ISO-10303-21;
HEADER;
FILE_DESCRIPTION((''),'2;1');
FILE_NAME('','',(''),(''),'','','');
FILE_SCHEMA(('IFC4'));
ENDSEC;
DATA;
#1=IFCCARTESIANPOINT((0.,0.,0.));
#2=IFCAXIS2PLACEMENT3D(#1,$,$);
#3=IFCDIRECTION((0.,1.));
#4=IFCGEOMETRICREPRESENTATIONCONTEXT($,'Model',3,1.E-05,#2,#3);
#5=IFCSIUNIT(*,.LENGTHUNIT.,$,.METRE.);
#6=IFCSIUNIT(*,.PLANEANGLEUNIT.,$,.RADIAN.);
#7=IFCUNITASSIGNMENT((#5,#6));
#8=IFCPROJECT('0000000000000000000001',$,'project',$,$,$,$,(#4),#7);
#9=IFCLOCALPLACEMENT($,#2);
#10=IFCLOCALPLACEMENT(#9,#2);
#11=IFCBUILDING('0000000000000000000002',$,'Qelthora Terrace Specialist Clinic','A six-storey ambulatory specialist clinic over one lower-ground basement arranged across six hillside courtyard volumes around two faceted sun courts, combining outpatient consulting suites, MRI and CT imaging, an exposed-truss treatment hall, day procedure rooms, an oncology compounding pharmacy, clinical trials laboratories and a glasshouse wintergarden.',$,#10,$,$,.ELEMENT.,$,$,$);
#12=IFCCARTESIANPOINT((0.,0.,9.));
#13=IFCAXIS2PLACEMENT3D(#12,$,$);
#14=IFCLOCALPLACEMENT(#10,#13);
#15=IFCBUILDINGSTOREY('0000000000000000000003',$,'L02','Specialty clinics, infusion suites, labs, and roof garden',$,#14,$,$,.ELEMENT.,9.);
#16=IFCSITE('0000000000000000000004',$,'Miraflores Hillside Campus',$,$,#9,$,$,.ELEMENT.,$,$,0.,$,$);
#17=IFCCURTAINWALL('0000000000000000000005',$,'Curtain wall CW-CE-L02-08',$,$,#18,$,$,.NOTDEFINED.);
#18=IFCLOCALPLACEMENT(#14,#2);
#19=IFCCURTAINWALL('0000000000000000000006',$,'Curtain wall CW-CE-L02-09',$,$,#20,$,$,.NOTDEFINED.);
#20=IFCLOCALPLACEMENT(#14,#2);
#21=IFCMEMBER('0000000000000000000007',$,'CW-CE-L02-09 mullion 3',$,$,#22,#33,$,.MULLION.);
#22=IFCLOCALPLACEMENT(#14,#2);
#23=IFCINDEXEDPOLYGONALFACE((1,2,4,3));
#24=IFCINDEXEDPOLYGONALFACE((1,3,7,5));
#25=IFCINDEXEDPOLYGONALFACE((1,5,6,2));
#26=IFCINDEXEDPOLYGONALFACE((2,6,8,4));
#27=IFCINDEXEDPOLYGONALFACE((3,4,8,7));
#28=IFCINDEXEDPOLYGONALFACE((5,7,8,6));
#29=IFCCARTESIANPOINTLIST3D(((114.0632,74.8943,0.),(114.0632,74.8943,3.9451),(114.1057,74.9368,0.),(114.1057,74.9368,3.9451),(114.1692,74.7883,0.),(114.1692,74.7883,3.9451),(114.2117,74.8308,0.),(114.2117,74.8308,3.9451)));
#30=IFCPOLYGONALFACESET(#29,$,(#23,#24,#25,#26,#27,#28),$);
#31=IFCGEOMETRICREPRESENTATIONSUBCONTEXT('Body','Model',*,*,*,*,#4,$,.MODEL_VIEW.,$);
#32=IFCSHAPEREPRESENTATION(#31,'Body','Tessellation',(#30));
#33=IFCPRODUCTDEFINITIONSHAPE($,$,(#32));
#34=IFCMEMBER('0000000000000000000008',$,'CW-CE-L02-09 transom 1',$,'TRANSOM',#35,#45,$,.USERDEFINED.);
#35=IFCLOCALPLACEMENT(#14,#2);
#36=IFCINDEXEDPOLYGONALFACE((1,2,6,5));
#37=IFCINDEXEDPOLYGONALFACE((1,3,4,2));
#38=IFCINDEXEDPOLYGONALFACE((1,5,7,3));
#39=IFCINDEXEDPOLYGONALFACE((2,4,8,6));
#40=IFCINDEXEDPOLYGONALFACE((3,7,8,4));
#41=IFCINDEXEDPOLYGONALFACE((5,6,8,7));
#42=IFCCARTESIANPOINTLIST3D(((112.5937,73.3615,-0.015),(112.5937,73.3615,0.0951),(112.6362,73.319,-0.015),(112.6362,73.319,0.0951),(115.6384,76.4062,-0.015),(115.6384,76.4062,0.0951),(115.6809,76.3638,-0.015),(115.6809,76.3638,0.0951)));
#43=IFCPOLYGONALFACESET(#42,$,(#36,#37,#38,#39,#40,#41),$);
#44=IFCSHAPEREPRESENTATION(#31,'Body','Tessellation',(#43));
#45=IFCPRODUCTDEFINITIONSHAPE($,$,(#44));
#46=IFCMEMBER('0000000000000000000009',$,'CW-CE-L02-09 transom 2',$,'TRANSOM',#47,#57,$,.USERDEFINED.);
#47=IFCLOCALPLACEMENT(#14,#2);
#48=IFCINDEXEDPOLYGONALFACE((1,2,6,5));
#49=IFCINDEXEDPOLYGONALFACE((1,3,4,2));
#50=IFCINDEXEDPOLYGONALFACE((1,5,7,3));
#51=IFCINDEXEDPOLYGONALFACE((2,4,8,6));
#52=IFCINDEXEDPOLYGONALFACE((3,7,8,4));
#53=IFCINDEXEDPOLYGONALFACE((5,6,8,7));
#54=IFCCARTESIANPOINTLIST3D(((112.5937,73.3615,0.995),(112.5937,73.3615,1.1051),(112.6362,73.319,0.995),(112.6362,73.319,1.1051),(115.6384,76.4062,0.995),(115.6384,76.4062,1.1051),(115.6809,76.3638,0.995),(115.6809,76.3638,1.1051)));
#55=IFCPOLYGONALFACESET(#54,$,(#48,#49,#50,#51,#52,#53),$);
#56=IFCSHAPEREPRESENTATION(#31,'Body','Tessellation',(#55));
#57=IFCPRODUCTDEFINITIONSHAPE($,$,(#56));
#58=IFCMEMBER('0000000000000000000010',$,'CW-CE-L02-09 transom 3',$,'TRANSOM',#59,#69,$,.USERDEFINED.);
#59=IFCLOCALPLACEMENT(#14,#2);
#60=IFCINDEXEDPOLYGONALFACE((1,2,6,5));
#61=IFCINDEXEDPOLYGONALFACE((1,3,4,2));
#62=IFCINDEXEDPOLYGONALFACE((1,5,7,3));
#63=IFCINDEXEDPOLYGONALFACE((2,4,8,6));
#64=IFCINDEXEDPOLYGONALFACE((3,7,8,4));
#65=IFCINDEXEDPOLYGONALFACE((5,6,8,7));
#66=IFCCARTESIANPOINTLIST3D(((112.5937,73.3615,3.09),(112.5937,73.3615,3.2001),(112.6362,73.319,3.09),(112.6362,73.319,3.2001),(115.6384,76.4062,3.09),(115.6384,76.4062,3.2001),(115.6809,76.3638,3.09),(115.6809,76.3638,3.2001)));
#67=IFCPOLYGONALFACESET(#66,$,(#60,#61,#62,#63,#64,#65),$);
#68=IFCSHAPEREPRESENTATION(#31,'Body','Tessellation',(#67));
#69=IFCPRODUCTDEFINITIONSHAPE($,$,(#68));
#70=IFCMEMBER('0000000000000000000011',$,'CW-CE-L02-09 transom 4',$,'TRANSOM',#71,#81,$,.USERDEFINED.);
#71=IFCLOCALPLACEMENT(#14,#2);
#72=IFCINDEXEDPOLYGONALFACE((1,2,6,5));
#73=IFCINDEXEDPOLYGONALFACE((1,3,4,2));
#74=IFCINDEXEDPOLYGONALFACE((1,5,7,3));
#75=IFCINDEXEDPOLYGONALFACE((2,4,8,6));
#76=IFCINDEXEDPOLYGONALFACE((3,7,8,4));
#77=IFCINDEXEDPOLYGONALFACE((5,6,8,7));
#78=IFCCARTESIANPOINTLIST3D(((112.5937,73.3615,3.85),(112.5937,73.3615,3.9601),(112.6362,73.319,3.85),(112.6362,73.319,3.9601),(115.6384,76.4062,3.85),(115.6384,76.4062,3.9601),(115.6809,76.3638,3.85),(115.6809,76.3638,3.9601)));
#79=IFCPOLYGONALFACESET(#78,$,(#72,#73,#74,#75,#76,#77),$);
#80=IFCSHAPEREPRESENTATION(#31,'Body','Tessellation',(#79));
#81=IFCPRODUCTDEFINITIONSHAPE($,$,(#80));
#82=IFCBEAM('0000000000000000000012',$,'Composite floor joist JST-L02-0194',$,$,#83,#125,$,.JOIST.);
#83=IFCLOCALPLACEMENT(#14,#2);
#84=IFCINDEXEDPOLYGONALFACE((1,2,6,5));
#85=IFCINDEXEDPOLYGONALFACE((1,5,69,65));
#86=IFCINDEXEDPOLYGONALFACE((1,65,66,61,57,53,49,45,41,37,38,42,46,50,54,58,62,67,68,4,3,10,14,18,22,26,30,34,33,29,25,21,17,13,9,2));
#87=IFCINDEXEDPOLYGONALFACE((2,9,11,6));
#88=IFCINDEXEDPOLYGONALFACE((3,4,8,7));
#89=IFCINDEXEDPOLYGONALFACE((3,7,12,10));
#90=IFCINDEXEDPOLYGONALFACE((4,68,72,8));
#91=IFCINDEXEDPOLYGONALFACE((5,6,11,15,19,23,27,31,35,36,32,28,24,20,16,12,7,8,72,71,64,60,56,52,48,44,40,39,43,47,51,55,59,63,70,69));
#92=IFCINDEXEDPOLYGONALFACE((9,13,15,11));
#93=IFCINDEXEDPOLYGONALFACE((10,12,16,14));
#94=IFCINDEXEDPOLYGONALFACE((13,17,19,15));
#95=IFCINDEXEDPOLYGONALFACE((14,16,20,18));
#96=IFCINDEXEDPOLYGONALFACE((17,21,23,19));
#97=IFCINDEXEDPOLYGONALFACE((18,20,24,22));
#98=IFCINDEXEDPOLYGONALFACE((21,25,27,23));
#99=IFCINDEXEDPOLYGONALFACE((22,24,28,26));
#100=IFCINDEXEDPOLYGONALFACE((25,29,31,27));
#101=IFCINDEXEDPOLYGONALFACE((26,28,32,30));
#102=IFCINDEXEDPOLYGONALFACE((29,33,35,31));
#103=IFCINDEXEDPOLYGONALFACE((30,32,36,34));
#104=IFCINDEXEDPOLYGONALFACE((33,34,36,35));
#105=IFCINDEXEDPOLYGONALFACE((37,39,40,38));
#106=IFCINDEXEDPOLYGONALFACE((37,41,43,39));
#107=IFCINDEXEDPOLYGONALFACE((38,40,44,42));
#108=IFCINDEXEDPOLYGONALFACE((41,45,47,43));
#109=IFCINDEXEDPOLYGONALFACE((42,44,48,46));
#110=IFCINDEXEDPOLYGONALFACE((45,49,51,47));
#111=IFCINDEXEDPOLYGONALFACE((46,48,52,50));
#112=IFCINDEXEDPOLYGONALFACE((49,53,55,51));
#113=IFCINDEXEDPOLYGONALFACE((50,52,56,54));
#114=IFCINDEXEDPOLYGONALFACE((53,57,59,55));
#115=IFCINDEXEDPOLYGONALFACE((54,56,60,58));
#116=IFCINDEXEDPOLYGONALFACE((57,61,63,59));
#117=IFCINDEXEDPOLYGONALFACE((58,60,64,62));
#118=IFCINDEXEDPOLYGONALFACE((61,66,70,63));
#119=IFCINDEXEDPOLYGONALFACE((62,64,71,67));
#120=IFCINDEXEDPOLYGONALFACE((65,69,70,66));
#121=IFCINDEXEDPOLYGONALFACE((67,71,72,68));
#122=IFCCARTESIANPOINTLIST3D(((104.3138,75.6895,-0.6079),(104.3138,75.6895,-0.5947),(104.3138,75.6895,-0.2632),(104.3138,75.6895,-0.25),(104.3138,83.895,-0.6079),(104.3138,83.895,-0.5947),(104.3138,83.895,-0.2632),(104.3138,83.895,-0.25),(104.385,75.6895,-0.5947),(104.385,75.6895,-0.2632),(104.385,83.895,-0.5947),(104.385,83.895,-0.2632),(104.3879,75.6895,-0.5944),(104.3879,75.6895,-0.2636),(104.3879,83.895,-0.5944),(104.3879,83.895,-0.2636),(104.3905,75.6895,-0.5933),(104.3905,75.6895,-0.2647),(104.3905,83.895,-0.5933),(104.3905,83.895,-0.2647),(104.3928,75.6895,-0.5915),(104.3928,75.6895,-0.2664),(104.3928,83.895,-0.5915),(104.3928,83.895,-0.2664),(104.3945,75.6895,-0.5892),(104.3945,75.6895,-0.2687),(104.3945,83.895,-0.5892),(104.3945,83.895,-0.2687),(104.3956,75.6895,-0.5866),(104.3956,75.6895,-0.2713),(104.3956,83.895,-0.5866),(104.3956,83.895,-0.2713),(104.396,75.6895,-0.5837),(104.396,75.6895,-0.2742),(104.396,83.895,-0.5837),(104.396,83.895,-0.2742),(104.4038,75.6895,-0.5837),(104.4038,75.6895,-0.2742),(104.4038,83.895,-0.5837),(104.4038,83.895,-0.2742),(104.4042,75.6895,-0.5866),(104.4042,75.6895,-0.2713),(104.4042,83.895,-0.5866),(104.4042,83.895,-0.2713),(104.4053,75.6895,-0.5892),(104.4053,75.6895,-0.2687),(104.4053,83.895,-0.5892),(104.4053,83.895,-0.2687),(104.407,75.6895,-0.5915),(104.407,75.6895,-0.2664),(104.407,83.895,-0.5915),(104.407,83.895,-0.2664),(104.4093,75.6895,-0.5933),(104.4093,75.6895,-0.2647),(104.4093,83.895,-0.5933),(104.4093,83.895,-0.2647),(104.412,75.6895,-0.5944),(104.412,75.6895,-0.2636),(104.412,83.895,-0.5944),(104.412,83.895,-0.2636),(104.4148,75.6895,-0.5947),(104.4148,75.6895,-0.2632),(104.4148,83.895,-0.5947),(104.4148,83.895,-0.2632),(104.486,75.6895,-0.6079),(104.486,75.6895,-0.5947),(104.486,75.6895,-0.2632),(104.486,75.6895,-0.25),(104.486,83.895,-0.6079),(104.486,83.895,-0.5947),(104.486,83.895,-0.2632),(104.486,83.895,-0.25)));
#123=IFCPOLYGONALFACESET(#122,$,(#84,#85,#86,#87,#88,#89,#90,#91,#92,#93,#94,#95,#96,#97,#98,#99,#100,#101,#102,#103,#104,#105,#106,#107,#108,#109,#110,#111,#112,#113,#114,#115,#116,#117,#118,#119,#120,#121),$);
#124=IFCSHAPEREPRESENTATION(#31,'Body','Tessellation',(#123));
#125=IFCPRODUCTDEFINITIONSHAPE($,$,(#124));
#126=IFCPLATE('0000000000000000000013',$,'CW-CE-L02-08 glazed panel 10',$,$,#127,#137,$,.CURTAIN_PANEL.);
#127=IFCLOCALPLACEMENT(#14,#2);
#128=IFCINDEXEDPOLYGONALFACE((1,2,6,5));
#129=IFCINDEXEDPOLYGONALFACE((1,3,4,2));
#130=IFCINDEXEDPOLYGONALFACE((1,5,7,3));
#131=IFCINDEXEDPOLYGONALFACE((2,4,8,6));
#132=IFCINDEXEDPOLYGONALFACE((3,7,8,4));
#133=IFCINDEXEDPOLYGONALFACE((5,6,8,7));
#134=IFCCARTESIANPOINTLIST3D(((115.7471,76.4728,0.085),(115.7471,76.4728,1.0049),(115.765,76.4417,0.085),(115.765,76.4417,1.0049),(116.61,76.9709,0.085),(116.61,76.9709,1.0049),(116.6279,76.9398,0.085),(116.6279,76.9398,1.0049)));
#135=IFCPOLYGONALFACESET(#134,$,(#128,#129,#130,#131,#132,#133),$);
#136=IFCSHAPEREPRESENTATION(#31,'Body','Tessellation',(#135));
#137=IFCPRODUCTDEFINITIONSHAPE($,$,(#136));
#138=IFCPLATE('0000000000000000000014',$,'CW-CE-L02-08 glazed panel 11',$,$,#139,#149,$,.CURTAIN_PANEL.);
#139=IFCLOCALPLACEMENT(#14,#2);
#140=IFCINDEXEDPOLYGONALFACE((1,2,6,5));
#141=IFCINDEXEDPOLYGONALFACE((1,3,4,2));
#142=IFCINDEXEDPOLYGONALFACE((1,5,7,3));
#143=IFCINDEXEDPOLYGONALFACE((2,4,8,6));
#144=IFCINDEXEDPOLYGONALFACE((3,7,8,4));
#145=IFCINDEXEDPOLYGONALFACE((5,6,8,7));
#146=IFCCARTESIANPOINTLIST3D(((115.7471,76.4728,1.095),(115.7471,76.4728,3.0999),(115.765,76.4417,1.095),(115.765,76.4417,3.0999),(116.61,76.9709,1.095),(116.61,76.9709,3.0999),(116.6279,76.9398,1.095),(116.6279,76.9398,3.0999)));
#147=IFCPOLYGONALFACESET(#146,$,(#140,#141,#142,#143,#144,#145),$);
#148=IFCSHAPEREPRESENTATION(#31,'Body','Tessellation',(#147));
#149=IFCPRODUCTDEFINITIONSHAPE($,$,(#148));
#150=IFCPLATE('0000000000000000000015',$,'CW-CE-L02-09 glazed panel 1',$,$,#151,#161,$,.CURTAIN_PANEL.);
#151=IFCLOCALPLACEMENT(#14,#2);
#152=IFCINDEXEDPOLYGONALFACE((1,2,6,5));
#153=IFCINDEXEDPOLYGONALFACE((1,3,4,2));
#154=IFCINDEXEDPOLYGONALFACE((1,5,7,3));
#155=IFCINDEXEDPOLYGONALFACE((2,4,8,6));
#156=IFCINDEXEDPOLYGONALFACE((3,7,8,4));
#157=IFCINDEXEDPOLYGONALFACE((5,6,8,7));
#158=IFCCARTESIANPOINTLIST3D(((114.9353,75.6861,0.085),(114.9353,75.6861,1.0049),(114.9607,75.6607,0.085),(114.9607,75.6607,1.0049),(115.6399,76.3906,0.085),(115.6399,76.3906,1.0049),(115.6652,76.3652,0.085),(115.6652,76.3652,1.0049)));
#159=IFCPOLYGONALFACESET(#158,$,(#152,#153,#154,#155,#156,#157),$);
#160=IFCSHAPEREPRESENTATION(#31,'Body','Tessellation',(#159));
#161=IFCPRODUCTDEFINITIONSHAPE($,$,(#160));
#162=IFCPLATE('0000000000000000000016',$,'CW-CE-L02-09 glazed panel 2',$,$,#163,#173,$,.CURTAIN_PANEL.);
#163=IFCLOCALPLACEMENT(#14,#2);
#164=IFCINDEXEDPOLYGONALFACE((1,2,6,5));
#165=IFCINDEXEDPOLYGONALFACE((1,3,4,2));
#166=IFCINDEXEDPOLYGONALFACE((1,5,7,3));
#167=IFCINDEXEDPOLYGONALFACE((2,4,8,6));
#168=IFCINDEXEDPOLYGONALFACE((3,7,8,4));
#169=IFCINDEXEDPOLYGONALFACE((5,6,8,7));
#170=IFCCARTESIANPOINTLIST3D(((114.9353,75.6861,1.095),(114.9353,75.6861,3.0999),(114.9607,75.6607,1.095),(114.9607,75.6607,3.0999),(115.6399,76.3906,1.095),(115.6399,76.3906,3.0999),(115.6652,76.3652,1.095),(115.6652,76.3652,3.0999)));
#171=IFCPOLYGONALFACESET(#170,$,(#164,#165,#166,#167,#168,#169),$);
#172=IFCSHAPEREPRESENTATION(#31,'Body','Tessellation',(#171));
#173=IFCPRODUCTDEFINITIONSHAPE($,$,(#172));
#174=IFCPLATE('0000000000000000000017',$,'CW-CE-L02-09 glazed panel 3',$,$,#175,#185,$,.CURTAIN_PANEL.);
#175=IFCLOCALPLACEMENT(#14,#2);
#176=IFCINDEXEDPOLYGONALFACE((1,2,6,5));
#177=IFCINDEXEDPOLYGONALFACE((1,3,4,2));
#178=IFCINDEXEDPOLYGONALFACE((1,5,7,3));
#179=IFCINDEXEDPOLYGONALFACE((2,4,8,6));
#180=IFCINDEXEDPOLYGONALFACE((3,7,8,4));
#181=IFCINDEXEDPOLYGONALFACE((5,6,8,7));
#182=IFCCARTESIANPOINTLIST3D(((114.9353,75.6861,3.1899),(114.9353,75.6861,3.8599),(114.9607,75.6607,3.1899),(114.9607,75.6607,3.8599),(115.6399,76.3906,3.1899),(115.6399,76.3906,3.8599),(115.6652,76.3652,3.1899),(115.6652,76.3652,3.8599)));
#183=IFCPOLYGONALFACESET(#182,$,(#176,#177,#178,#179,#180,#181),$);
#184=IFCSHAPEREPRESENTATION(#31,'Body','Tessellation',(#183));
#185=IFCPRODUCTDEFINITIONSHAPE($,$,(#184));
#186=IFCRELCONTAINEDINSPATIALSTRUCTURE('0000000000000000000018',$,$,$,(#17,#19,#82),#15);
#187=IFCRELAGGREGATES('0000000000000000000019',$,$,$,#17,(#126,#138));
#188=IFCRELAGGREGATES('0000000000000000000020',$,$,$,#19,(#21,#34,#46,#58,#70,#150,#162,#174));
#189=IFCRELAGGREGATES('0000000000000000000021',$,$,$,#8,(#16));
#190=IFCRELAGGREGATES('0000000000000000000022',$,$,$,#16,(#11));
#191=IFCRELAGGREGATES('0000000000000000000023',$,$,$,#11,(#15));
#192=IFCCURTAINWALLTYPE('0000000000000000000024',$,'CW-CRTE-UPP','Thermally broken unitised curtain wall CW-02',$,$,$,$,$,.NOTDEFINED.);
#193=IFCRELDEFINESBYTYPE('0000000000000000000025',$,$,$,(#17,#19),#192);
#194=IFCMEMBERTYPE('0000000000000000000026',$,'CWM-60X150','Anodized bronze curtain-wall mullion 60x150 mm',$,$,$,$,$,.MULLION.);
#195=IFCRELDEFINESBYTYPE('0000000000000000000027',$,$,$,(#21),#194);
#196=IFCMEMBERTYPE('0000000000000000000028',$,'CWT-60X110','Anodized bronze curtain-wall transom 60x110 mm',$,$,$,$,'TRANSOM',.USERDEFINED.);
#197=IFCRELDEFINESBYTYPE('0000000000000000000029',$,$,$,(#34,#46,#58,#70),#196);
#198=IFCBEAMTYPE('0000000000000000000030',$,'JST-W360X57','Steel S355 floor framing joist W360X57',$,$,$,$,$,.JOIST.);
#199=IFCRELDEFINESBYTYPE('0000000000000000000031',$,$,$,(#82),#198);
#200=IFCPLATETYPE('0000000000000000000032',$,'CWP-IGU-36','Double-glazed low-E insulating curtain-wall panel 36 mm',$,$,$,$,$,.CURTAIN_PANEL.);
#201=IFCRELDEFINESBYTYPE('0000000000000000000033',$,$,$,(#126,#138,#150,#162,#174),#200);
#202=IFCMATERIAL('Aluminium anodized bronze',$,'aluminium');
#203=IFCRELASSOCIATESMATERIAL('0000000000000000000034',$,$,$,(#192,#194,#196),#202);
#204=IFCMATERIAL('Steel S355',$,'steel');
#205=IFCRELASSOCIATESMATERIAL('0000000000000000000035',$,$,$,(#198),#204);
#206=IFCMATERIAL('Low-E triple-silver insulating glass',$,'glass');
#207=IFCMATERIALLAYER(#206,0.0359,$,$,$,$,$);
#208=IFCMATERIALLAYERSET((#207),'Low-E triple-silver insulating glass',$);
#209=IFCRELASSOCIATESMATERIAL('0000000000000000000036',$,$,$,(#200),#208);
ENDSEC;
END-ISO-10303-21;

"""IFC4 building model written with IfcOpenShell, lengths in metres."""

from ifc_helpers import new_model, si_unit, direction, frame, origin, origin_2d, place, context, subcontext, project, spatial, rectangle, i_section, extrude, material, layer, layer_set, material_profile, profile_set, type_object, element, aggregate, save


model = new_model("IFC4")

# Units and contexts
model_context = context("Model", 3, precision=1e-05, world=origin(), true_north=direction((0.0, 1.0)))
body_context = subcontext(model_context, "Body", "Model", "MODEL_VIEW")
ifc_project = project(units=[si_unit("LENGTHUNIT", "METRE"), si_unit("PLANEANGLEUNIT", "RADIAN")], contexts=[model_context])

# Site, building, storey
site_placement = place(None, origin())
site = spatial("IfcSite", under=ifc_project, at=site_placement, Name="Miraflores Hillside Campus", CompositionType="ELEMENT", RefElevation=0.0)
building_placement = place(site_placement, origin())
building = spatial("IfcBuilding", under=site, at=building_placement, Name="Qelthora Terrace Specialist Clinic", Description="A six-storey ambulatory specialist clinic over one lower-ground basement arranged across six hillside courtyard volumes around two faceted sun courts, combining outpatient consulting suites, MRI and CT imaging, an exposed-truss treatment hall, day procedure rooms, an oncology compounding pharmacy, clinical trials laboratories and a glasshouse wintergarden.", CompositionType="ELEMENT")
storey_placement = place(building_placement, frame((0.0, 0.0, 9.0)))
storey = spatial("IfcBuildingStorey", under=building, at=storey_placement, Name="L02", Description="Specialty clinics, infusion suites, labs, and roof garden", CompositionType="ELEMENT", Elevation=9.0)

# Shared definitions
ifc_material_1 = material(Name="Steel S355", Category="steel")

# Curtain wall
ifc_material_2 = material(Name="Aluminium anodized bronze", Category="aluminium")
curtain_wall_type = type_object("IfcCurtainWallType", Name="CW-CRTE-UPP", Description="Thermally broken unitised curtain wall CW-02", PredefinedType="NOTDEFINED", material=ifc_material_2)
curtain_wall_1_placement = place(storey_placement, origin())
curtain_wall_1 = element("IfcCurtainWall", 1, at=curtain_wall_1_placement, inside=storey, type_object=curtain_wall_type, Name="Curtain wall CW-CE-L02-08", PredefinedType="NOTDEFINED")
ifc_material_profile_1 = material_profile(ifc_material_2, rectangle(XDim=0.0601, YDim=0.1499, at=origin_2d()), Name="CWM60X150")
ifc_profile_set_1 = profile_set([ifc_material_profile_1], Name="Aluminium anodized bronze")
member_type_1 = type_object("IfcMemberType", Name="CWM-60X150", Description="Anodized bronze curtain-wall mullion 60x150 mm", PredefinedType="MULLION", material=ifc_profile_set_1)

# Curtain wall, members
curtain_wall_2_placement = place(storey_placement, origin())
curtain_wall_2 = element("IfcCurtainWall", 2, at=curtain_wall_2_placement, inside=storey, type_object=curtain_wall_type, Name="Curtain wall CW-CE-L02-09", PredefinedType="NOTDEFINED")
member_1_placement = place(storey_placement, frame((114.1375, 74.8625, 0.0), z_axis=(0.0, 0.0, 1.0), x_axis=(-0.707107, -0.707107, 0.0)))
member_1 = element("IfcMember", 3, at=member_1_placement, type_object=member_type_1, Name="CW-CE-L02-09 mullion 3", PredefinedType="MULLION", context=body_context, shape_type="SweptSolid", body=[
    extrude(rectangle(XDim=0.0601, YDim=0.1499, at=origin_2d()), origin(), (0.0, 0.0, 1.0), 3.9451),
])
ifc_material_profile_2 = material_profile(ifc_material_2, rectangle(XDim=0.0601, YDim=0.1101, at=origin_2d()), Name="CWT60X110")
ifc_profile_set_2 = profile_set([ifc_material_profile_2], Name="Aluminium anodized bronze")
member_type_2 = type_object("IfcMemberType", Name="CWT-60X110", Description="Anodized bronze curtain-wall transom 60x110 mm", ElementType="TRANSOM", PredefinedType="USERDEFINED", material=ifc_profile_set_2)
member_2_placement = place(storey_placement, frame((115.6597, 76.385, 0.04), z_axis=(-0.707107, -0.707107, 0.0), x_axis=(0.707107, -0.707107, 0.0)))
member_2 = element("IfcMember", 4, at=member_2_placement, type_object=member_type_2, Name="CW-CE-L02-09 transom 1", ObjectType="TRANSOM", PredefinedType="USERDEFINED", context=body_context, shape_type="SweptSolid", body=[
    extrude(rectangle(XDim=0.0601, YDim=0.1101, at=origin_2d()), origin(), (0.0, 0.0, 1.0), 4.3059),
])
member_3_placement = place(storey_placement, frame((115.6597, 76.385, 1.05), z_axis=(-0.707107, -0.707107, 0.0), x_axis=(0.707107, -0.707107, 0.0)))
member_3 = element("IfcMember", 5, at=member_3_placement, type_object=member_type_2, Name="CW-CE-L02-09 transom 2", ObjectType="TRANSOM", PredefinedType="USERDEFINED", context=body_context, shape_type="SweptSolid", body=[
    extrude(rectangle(XDim=0.0601, YDim=0.1101, at=origin_2d()), origin(), (0.0, 0.0, 1.0), 4.3059),
])
member_4_placement = place(storey_placement, frame((115.6597, 76.385, 3.145), z_axis=(-0.707107, -0.707107, 0.0), x_axis=(0.707107, -0.707107, 0.0)))
member_4 = element("IfcMember", 6, at=member_4_placement, type_object=member_type_2, Name="CW-CE-L02-09 transom 3", ObjectType="TRANSOM", PredefinedType="USERDEFINED", context=body_context, shape_type="SweptSolid", body=[
    extrude(rectangle(XDim=0.0601, YDim=0.1101, at=origin_2d()), origin(), (0.0, 0.0, 1.0), 4.3059),
])
member_5_placement = place(storey_placement, frame((115.6597, 76.385, 3.905), z_axis=(-0.707107, -0.707107, 0.0), x_axis=(0.707107, -0.707107, 0.0)))
member_5 = element("IfcMember", 7, at=member_5_placement, type_object=member_type_2, Name="CW-CE-L02-09 transom 4", ObjectType="TRANSOM", PredefinedType="USERDEFINED", context=body_context, shape_type="SweptSolid", body=[
    extrude(rectangle(XDim=0.0601, YDim=0.1101, at=origin_2d()), origin(), (0.0, 0.0, 1.0), 4.3059),
])

# Beam
ifc_material_profile_3 = material_profile(ifc_material_1, i_section(OverallWidth=0.1721, OverallDepth=0.3579, WebThickness=0.0078, FlangeThickness=0.0132, FilletRadius=0.011, at=origin_2d()), Name="W360X57")
ifc_profile_set_3 = profile_set([ifc_material_profile_3], Name="Steel S355")
beam_type_1 = type_object("IfcBeamType", Name="JST-W360X57", Description="Steel S355 floor framing joist W360X57", PredefinedType="JOIST", material=ifc_profile_set_3)
beam_1_placement = place(storey_placement, frame((104.3999, 75.6895, -0.429), z_axis=(0.0, 1.0, 0.0), x_axis=(-1.0, 0.0, 0.0)))
element("IfcBeam", 8, at=beam_1_placement, inside=storey, type_object=beam_type_1, Name="Composite floor joist JST-L02-0194", PredefinedType="JOIST", context=body_context, shape_type="SweptSolid", body=[
    extrude(i_section(OverallWidth=0.1721, OverallDepth=0.3579, WebThickness=0.0078, FlangeThickness=0.0132, FilletRadius=0.011, at=origin_2d()), origin(), (0.0, 0.0, 1.0), 8.2056),
])

# Plates
ifc_material_3 = material(Name="Low-E triple-silver insulating glass", Category="glass")
ifc_layer = layer(ifc_material_3, 0.0359)
ifc_layer_set = layer_set([ifc_layer], Name="Low-E triple-silver insulating glass")
plate_type = type_object("IfcPlateType", Name="CWP-IGU-36", Description="Double-glazed low-E insulating curtain-wall panel 36 mm", PredefinedType="CURTAIN_PANEL", material=ifc_layer_set)
plate_1_placement = place(storey_placement, frame((116.1875, 76.7063, 0.085), z_axis=(0.0, 0.0, 1.0), x_axis=(-0.866025, -0.5, 0.0)))
plate_1 = element("IfcPlate", 9, at=plate_1_placement, type_object=plate_type, Name="CW-CE-L02-08 glazed panel 10", PredefinedType="CURTAIN_PANEL", context=body_context, shape_type="SweptSolid", body=[
    extrude(rectangle(XDim=0.9963, YDim=0.0359, at=origin_2d()), origin(), (0.0, 0.0, 1.0), 0.9199),
])
plate_2_placement = place(storey_placement, frame((116.1875, 76.7063, 1.095), z_axis=(0.0, 0.0, 1.0), x_axis=(-0.866025, -0.5, 0.0)))
plate_2 = element("IfcPlate", 10, at=plate_2_placement, type_object=plate_type, Name="CW-CE-L02-08 glazed panel 11", PredefinedType="CURTAIN_PANEL", context=body_context, shape_type="SweptSolid", body=[
    extrude(rectangle(XDim=0.9963, YDim=0.0359, at=origin_2d()), origin(), (0.0, 0.0, 1.0), 2.0049),
])
aggregate(curtain_wall_1, [plate_1, plate_2])
plate_3_placement = place(storey_placement, frame((115.3003, 76.0256, 0.085), z_axis=(0.0, 0.0, 1.0), x_axis=(-0.707107, -0.707107, 0.0)))
plate_3 = element("IfcPlate", 11, at=plate_3_placement, type_object=plate_type, Name="CW-CE-L02-09 glazed panel 1", PredefinedType="CURTAIN_PANEL", context=body_context, shape_type="SweptSolid", body=[
    extrude(rectangle(XDim=0.9963, YDim=0.0359, at=origin_2d()), origin(), (0.0, 0.0, 1.0), 0.9199),
])
plate_4_placement = place(storey_placement, frame((115.3003, 76.0256, 1.095), z_axis=(0.0, 0.0, 1.0), x_axis=(-0.707107, -0.707107, 0.0)))
plate_4 = element("IfcPlate", 12, at=plate_4_placement, type_object=plate_type, Name="CW-CE-L02-09 glazed panel 2", PredefinedType="CURTAIN_PANEL", context=body_context, shape_type="SweptSolid", body=[
    extrude(rectangle(XDim=0.9963, YDim=0.0359, at=origin_2d()), origin(), (0.0, 0.0, 1.0), 2.0049),
])
plate_5_placement = place(storey_placement, frame((115.3003, 76.0256, 3.1899), z_axis=(0.0, 0.0, 1.0), x_axis=(-0.707107, -0.707107, 0.0)))
plate_5 = element("IfcPlate", 13, at=plate_5_placement, type_object=plate_type, Name="CW-CE-L02-09 glazed panel 3", PredefinedType="CURTAIN_PANEL", context=body_context, shape_type="SweptSolid", body=[
    extrude(rectangle(XDim=0.9963, YDim=0.0359, at=origin_2d()), origin(), (0.0, 0.0, 1.0), 0.6699),
])
aggregate(curtain_wall_2, [member_1, member_2, member_3, member_4, member_5, plate_3, plate_4, plate_5])

save(model, "model.ifc")
